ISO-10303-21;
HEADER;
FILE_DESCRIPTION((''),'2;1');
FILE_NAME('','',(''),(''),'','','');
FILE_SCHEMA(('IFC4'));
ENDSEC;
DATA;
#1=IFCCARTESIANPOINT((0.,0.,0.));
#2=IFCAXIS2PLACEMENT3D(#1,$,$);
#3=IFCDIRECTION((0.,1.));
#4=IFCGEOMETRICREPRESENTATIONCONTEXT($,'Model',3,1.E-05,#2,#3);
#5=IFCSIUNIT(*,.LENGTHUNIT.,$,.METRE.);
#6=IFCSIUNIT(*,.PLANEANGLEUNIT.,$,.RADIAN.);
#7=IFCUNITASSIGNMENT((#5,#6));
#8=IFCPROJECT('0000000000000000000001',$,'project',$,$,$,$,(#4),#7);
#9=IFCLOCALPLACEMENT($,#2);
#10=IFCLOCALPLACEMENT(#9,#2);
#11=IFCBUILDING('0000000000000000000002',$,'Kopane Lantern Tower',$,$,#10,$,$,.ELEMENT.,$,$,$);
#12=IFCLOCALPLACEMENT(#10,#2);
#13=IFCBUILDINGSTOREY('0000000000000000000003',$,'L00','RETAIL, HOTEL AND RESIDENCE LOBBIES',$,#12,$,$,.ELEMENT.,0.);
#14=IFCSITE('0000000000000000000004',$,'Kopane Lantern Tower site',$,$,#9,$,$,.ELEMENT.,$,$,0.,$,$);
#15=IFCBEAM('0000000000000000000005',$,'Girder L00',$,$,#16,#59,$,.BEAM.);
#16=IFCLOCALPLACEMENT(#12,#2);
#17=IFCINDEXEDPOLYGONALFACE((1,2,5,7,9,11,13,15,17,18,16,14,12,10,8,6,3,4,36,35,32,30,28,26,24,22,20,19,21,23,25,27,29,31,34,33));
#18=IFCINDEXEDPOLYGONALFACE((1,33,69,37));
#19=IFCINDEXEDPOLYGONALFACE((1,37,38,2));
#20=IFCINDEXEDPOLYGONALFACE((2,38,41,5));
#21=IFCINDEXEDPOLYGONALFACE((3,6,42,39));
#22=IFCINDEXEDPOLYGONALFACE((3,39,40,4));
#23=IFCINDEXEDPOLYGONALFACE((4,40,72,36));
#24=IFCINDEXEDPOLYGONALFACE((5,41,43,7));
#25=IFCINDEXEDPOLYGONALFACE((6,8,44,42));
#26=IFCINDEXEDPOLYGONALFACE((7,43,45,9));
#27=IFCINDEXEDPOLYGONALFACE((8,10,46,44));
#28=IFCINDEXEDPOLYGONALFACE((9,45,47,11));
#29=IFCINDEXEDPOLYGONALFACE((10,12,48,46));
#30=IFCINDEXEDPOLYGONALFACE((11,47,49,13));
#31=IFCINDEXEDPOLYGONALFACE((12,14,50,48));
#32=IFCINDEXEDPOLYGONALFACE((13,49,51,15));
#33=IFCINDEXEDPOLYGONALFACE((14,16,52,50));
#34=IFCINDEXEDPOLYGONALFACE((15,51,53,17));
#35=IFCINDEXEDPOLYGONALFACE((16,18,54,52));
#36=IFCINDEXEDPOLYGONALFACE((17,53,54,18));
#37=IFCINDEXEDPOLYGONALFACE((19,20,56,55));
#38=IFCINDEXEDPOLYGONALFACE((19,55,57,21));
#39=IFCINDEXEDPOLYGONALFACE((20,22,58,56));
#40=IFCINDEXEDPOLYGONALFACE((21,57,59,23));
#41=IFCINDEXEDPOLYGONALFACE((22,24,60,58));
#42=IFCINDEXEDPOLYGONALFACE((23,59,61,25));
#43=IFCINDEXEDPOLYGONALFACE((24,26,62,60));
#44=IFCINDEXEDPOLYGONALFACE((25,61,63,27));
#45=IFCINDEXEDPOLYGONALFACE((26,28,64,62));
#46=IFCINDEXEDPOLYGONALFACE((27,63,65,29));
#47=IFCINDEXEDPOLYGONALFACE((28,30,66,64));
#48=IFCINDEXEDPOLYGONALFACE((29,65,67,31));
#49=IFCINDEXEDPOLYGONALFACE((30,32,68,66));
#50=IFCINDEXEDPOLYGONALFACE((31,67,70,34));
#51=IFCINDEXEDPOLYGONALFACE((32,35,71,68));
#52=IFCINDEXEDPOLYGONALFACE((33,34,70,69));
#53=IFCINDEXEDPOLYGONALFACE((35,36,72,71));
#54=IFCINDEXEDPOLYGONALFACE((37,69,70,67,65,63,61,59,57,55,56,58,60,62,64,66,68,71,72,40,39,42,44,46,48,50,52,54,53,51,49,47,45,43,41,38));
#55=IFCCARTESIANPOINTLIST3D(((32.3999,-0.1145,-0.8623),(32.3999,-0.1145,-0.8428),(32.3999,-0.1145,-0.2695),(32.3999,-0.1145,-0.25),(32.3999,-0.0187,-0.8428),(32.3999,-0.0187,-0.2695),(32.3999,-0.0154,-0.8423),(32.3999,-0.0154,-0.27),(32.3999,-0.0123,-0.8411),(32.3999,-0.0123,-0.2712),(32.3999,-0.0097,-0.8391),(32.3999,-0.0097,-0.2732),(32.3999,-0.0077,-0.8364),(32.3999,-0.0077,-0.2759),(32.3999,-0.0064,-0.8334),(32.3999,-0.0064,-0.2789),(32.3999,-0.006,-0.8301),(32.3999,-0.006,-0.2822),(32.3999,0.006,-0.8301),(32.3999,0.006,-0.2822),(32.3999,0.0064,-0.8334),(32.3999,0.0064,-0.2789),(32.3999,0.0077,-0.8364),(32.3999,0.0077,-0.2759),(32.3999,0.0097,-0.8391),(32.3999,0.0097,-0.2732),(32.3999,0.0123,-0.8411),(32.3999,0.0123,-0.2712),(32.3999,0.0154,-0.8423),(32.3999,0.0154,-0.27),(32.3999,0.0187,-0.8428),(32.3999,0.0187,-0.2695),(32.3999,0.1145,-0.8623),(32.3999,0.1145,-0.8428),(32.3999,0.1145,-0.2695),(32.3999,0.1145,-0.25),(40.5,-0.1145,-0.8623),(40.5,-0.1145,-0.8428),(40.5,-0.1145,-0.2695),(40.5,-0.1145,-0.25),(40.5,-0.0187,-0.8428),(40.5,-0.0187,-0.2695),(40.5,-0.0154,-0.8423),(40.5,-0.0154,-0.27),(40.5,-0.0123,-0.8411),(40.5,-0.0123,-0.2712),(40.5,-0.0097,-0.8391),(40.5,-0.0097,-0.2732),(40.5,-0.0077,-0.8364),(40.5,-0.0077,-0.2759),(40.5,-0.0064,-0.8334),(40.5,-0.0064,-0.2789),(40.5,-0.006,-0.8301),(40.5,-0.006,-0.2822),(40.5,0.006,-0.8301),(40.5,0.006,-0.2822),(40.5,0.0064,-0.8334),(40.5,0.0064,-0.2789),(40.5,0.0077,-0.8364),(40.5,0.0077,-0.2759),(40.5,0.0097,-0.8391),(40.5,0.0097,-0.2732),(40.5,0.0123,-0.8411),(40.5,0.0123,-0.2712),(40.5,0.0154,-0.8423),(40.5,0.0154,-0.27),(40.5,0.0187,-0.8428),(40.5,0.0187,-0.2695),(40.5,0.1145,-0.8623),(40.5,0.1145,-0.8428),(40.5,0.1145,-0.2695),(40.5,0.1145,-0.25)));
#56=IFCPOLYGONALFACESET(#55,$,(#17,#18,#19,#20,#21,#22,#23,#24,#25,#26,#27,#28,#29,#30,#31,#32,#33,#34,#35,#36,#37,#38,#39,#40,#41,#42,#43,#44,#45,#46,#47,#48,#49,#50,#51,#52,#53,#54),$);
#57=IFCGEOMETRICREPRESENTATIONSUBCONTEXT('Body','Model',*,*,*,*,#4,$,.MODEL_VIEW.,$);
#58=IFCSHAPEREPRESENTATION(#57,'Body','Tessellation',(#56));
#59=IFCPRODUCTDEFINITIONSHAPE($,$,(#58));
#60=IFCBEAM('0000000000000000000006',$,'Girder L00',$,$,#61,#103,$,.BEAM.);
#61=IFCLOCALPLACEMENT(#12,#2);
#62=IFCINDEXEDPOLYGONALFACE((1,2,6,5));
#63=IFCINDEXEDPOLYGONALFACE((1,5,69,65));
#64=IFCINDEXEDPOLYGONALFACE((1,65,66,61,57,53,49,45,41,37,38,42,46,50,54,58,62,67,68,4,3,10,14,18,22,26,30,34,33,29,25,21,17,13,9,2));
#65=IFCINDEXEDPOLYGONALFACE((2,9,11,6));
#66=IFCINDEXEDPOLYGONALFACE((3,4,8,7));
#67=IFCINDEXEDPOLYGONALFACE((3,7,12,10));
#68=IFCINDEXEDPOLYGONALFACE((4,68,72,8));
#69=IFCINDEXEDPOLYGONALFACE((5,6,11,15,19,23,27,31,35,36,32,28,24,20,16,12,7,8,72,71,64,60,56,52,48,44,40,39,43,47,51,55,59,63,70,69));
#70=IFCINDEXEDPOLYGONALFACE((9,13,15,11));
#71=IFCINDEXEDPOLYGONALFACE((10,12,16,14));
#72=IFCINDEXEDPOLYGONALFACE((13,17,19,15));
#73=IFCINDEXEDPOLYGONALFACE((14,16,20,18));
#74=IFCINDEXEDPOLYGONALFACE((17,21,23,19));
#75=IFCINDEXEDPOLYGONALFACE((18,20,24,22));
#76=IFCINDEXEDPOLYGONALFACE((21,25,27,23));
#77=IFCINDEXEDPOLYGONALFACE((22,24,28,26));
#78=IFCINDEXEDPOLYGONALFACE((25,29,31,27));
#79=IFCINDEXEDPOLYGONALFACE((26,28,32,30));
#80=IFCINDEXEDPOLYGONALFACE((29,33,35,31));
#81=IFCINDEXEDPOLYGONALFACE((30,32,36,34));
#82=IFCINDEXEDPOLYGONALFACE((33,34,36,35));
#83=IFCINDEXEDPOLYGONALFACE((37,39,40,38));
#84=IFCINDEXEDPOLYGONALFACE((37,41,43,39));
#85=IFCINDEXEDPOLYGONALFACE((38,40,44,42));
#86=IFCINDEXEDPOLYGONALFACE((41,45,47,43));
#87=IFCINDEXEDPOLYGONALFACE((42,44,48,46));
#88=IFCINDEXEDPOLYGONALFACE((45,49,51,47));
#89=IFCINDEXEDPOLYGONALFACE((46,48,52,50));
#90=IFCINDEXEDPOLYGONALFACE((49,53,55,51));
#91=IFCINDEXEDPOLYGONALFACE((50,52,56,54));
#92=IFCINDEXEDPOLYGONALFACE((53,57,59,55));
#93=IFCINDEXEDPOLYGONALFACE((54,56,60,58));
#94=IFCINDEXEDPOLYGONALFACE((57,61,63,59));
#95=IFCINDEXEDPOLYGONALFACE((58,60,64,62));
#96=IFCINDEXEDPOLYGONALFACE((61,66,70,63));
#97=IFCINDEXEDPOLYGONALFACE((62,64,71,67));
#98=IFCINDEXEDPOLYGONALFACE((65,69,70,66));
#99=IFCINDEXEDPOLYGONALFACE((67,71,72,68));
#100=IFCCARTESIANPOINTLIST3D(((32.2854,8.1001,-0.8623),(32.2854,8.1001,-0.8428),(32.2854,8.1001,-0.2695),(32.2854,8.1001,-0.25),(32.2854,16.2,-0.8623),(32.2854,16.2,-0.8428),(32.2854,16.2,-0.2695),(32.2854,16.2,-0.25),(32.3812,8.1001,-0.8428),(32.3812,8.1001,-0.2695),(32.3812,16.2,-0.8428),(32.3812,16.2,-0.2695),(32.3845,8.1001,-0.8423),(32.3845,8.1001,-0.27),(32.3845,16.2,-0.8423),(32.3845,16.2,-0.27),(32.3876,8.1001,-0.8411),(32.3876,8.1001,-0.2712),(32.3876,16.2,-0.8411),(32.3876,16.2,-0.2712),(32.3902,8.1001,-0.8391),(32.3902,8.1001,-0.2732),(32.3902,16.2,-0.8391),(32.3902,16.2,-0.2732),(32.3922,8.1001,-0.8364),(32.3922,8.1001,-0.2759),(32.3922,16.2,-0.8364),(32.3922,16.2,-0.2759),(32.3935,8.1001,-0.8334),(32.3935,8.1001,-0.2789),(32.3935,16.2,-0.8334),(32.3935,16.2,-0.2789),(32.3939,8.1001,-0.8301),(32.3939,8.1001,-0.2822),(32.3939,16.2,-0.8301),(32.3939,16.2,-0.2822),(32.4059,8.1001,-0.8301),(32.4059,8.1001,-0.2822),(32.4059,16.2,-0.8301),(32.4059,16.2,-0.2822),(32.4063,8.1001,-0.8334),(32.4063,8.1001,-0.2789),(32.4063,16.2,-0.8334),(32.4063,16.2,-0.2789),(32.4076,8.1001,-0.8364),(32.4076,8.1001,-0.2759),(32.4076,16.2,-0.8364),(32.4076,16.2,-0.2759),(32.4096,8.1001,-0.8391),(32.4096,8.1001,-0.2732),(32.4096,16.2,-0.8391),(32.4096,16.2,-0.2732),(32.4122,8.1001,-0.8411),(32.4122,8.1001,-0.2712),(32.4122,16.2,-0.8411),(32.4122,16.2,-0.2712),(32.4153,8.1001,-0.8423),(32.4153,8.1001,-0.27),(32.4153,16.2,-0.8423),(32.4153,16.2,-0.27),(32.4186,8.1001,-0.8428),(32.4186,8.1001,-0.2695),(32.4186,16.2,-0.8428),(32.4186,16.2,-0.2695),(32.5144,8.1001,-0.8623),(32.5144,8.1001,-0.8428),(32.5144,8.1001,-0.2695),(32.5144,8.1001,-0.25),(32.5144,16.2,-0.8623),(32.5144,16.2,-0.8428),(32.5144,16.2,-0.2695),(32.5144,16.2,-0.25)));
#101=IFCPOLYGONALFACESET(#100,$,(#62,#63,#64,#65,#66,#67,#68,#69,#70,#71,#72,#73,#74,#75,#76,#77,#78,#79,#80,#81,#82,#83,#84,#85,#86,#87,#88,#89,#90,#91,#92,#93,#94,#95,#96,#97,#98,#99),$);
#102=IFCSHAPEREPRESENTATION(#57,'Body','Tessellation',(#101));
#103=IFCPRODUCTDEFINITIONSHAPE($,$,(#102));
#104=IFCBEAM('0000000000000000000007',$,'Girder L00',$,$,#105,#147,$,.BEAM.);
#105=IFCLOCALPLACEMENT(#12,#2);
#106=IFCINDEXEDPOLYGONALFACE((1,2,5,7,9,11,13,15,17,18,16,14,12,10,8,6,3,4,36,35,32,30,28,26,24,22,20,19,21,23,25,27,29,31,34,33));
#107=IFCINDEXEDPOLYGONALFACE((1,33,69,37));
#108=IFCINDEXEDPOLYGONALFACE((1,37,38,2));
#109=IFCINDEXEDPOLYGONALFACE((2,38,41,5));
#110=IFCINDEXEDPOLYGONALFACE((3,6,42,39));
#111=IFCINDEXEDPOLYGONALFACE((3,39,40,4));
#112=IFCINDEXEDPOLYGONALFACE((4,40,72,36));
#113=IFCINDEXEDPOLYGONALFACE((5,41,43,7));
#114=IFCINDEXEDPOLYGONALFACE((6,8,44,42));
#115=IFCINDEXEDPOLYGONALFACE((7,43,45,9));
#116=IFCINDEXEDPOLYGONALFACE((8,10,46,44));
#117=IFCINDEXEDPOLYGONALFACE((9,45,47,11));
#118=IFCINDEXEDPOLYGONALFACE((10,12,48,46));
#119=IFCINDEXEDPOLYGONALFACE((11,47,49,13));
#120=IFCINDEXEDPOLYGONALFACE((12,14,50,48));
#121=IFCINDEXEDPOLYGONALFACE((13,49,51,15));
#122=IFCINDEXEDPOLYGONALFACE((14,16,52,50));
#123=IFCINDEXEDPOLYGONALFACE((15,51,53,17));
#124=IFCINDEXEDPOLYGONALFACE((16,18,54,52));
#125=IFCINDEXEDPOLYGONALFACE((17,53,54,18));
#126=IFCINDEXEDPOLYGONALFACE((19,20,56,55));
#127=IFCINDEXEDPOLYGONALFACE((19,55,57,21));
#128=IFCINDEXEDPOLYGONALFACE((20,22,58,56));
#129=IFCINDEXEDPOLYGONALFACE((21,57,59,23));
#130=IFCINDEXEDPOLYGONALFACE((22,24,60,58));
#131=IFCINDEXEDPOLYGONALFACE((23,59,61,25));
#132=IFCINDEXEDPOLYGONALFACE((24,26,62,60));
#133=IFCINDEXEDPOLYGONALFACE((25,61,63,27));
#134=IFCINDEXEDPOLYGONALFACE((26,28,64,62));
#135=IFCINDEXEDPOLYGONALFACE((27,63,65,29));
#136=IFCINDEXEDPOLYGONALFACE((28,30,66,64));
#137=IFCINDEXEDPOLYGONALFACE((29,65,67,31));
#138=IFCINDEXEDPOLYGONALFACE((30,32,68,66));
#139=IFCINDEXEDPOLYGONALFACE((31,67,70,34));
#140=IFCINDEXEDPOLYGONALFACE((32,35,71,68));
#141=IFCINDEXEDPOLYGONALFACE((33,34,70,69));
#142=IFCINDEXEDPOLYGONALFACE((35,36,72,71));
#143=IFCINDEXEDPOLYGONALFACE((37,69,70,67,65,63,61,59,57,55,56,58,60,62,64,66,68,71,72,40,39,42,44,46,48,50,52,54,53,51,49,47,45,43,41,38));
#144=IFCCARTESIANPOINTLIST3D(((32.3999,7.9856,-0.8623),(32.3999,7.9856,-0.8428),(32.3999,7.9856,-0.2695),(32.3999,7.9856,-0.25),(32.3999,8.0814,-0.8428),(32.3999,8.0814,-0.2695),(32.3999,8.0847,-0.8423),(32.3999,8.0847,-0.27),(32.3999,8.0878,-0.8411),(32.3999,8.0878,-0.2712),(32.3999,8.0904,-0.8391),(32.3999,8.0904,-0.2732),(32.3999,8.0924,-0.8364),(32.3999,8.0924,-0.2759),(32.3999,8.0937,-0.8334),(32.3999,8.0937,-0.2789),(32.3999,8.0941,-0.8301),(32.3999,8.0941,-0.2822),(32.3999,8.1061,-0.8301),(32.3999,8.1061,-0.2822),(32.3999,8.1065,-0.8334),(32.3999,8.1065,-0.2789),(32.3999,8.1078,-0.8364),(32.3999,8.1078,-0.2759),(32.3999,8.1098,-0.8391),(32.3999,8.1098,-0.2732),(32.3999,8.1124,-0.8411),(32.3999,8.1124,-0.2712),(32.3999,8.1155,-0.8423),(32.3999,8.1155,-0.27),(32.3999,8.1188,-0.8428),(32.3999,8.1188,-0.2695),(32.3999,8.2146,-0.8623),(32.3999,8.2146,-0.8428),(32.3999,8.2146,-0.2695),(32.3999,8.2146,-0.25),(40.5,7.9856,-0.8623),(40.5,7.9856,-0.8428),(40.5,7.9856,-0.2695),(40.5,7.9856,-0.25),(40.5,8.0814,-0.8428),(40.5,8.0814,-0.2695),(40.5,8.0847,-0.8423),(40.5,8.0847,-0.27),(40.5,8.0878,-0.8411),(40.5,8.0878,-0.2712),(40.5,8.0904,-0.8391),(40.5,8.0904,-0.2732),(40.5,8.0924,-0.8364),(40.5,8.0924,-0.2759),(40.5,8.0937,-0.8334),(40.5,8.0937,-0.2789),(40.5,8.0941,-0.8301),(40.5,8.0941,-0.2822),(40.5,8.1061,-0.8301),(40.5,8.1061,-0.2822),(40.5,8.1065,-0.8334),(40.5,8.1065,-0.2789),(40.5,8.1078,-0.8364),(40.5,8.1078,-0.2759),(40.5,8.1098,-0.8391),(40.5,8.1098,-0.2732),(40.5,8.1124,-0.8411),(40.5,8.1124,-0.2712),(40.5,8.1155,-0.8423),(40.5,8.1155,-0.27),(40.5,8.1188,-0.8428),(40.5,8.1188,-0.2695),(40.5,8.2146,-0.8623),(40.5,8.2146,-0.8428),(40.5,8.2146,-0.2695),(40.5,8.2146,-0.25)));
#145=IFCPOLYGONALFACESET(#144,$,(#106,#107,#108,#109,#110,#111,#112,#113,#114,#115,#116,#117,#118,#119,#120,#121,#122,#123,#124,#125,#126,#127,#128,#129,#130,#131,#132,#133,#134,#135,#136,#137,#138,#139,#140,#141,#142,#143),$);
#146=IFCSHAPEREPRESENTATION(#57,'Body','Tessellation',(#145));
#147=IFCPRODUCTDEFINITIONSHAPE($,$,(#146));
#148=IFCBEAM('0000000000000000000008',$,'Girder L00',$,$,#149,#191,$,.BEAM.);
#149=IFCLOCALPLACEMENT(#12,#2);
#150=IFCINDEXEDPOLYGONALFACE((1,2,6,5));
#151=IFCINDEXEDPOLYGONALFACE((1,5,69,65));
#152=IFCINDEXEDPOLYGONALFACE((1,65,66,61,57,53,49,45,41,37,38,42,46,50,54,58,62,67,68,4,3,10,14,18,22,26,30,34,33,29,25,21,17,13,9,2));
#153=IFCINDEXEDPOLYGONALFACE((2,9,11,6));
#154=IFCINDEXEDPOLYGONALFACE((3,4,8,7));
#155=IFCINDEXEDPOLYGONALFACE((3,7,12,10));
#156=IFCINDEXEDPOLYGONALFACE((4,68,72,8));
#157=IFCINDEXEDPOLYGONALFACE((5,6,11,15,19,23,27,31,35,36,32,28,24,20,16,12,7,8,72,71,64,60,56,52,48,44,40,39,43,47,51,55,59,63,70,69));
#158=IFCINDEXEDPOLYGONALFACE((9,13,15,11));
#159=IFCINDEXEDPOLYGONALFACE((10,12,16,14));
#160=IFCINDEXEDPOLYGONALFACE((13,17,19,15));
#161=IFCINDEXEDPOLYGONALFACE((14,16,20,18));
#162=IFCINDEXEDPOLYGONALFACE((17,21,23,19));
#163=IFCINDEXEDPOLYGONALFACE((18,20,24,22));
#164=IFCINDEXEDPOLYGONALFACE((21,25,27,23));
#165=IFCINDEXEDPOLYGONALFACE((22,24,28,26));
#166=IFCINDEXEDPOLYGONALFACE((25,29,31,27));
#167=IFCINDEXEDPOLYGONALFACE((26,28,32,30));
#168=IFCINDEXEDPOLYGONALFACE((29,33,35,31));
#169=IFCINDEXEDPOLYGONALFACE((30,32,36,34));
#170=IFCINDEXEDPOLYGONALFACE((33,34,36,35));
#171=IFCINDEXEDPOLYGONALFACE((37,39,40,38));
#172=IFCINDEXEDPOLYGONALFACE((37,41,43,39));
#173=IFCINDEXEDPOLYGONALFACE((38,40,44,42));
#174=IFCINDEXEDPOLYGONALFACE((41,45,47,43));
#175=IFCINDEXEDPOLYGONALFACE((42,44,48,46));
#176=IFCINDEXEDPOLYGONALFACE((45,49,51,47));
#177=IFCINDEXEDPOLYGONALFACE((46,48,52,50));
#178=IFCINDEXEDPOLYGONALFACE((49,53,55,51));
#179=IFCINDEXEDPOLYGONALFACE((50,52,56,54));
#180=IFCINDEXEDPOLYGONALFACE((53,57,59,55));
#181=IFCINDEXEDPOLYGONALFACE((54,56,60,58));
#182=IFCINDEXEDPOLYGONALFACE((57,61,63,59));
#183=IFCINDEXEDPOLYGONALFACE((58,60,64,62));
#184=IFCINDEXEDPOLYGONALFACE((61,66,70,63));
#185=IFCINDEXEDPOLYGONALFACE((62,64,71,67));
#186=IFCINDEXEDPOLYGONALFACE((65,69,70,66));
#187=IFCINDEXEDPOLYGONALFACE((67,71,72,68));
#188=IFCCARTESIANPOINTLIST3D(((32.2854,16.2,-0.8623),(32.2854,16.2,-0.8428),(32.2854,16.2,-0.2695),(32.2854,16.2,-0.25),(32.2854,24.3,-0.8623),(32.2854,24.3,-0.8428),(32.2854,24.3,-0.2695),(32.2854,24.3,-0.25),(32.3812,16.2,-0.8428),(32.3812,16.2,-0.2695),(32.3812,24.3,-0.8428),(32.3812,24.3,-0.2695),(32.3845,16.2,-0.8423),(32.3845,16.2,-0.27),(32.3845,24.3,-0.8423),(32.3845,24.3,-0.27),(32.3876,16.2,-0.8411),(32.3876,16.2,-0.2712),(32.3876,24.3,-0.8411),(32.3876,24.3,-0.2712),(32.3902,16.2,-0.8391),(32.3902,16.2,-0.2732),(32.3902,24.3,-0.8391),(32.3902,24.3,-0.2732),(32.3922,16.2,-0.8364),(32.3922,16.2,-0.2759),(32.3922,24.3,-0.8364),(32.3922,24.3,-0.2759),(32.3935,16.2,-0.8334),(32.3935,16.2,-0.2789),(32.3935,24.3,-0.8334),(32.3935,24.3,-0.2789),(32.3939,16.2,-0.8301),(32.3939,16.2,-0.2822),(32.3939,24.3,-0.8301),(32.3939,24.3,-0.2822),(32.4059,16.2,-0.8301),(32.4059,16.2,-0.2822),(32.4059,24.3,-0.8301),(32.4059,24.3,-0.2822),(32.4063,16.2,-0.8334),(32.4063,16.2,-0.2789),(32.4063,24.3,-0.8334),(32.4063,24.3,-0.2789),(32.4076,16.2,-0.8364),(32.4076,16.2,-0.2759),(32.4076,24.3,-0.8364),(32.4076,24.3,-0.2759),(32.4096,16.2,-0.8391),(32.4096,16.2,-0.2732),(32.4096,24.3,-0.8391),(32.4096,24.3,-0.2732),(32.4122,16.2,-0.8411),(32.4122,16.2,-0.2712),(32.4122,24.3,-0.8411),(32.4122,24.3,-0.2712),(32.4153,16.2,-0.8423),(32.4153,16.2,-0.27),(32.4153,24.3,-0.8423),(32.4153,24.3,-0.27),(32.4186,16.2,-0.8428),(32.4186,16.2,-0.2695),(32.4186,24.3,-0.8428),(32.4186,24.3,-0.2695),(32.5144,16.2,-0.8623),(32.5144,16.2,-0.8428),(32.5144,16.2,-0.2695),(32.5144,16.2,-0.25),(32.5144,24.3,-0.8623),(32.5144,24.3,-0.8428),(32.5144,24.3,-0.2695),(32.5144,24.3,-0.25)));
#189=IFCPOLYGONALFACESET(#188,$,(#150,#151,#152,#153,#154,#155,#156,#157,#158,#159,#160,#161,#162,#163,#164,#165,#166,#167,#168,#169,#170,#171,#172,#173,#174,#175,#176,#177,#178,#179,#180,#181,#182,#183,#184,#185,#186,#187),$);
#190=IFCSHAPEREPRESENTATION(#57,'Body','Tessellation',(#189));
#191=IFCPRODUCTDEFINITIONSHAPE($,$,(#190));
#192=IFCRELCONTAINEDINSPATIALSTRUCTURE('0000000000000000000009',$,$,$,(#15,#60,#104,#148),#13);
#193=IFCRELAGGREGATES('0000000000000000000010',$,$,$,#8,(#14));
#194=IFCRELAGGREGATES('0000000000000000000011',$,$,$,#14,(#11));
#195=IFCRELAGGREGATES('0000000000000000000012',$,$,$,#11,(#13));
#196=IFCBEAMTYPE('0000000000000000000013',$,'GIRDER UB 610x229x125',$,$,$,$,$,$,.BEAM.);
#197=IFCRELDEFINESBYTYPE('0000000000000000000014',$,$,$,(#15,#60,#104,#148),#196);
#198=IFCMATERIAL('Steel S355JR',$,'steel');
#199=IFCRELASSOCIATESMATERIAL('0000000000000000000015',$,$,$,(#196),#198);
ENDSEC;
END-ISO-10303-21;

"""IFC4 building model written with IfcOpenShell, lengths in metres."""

from ifc_helpers import new_model, si_unit, direction, frame, origin, origin_2d, place, context, subcontext, project, spatial, i_section, extrude, material, material_profile, profile_set, type_object, element, save


model = new_model("IFC4")

# Units and contexts
model_context = context("Model", 3, precision=1e-05, world=origin(), true_north=direction((0.0, 1.0)))
body_context = subcontext(model_context, "Body", "Model", "MODEL_VIEW")
ifc_project = project(units=[si_unit("LENGTHUNIT", "METRE"), si_unit("PLANEANGLEUNIT", "RADIAN")], contexts=[model_context])

# Site, building, storey
site_placement = place(None, origin())
site = spatial("IfcSite", under=ifc_project, at=site_placement, Name="Kopane Lantern Tower site", CompositionType="ELEMENT", RefElevation=0.0)
building_placement = place(site_placement, origin())
building = spatial("IfcBuilding", under=site, at=building_placement, Name="Kopane Lantern Tower", CompositionType="ELEMENT")
storey_placement = place(building_placement, origin())
storey = spatial("IfcBuildingStorey", under=building, at=storey_placement, Name="L00", Description="RETAIL, HOTEL AND RESIDENCE LOBBIES", CompositionType="ELEMENT", Elevation=0.0)

# Beams
ifc_material_1 = material(Name="Steel S355JR", Category="steel")
ifc_material_profile_1 = material_profile(ifc_material_1, i_section(OverallWidth=0.229, OverallDepth=0.6123, WebThickness=0.012, FlangeThickness=0.0195, FilletRadius=0.0127, at=origin_2d()), Name="UB 610x229x125")
ifc_profile_set_1 = profile_set([ifc_material_profile_1], Name="Steel S355JR")
beam_type = type_object("IfcBeamType", Name="GIRDER UB 610x229x125", PredefinedType="BEAM", material=ifc_profile_set_1)
for number, where, z_axis, x_axis, name in (
    (1, (32.3999, 0.0, -0.5562), (1.0, 0.0, 0.0), (0.0, 1.0, 0.0), "Girder L00"),
):
    element("IfcBeam", number, at=place(storey_placement, frame(where, z_axis=z_axis, x_axis=x_axis)), inside=storey, type_object=beam_type, Name=name, PredefinedType="BEAM", context=body_context, shape_type="SweptSolid", body=[
        extrude(i_section(OverallWidth=0.229, OverallDepth=0.6123, WebThickness=0.012, FlangeThickness=0.0195, FilletRadius=0.0127, at=origin_2d()), origin(), (0.0, 0.0, 1.0), 8.1001),
    ])
beam_1_placement = place(storey_placement, frame((32.3999, 8.1001, -0.5562), z_axis=(0.0, 1.0, 0.0), x_axis=(-1.0, 0.0, 0.0)))
element("IfcBeam", 2, at=beam_1_placement, inside=storey, type_object=beam_type, Name="Girder L00", PredefinedType="BEAM", context=body_context, shape_type="SweptSolid", body=[
    extrude(i_section(OverallWidth=0.229, OverallDepth=0.6123, WebThickness=0.012, FlangeThickness=0.0195, FilletRadius=0.0127, at=origin_2d()), origin(), (0.0, 0.0, 1.0), 8.0999),
])
for number, where, z_axis, x_axis, name in (
    (3, (32.3999, 8.1001, -0.5562), (1.0, 0.0, 0.0), (0.0, 1.0, 0.0), "Girder L00"),
    (4, (32.3999, 16.2, -0.5562), (0.0, 1.0, 0.0), (-1.0, 0.0, 0.0), "Girder L00"),
):
    element("IfcBeam", number, at=place(storey_placement, frame(where, z_axis=z_axis, x_axis=x_axis)), inside=storey, type_object=beam_type, Name=name, PredefinedType="BEAM", context=body_context, shape_type="SweptSolid", body=[
        extrude(i_section(OverallWidth=0.229, OverallDepth=0.6123, WebThickness=0.012, FlangeThickness=0.0195, FilletRadius=0.0127, at=origin_2d()), origin(), (0.0, 0.0, 1.0), 8.1001),
    ])

save(model, "model.ifc")
